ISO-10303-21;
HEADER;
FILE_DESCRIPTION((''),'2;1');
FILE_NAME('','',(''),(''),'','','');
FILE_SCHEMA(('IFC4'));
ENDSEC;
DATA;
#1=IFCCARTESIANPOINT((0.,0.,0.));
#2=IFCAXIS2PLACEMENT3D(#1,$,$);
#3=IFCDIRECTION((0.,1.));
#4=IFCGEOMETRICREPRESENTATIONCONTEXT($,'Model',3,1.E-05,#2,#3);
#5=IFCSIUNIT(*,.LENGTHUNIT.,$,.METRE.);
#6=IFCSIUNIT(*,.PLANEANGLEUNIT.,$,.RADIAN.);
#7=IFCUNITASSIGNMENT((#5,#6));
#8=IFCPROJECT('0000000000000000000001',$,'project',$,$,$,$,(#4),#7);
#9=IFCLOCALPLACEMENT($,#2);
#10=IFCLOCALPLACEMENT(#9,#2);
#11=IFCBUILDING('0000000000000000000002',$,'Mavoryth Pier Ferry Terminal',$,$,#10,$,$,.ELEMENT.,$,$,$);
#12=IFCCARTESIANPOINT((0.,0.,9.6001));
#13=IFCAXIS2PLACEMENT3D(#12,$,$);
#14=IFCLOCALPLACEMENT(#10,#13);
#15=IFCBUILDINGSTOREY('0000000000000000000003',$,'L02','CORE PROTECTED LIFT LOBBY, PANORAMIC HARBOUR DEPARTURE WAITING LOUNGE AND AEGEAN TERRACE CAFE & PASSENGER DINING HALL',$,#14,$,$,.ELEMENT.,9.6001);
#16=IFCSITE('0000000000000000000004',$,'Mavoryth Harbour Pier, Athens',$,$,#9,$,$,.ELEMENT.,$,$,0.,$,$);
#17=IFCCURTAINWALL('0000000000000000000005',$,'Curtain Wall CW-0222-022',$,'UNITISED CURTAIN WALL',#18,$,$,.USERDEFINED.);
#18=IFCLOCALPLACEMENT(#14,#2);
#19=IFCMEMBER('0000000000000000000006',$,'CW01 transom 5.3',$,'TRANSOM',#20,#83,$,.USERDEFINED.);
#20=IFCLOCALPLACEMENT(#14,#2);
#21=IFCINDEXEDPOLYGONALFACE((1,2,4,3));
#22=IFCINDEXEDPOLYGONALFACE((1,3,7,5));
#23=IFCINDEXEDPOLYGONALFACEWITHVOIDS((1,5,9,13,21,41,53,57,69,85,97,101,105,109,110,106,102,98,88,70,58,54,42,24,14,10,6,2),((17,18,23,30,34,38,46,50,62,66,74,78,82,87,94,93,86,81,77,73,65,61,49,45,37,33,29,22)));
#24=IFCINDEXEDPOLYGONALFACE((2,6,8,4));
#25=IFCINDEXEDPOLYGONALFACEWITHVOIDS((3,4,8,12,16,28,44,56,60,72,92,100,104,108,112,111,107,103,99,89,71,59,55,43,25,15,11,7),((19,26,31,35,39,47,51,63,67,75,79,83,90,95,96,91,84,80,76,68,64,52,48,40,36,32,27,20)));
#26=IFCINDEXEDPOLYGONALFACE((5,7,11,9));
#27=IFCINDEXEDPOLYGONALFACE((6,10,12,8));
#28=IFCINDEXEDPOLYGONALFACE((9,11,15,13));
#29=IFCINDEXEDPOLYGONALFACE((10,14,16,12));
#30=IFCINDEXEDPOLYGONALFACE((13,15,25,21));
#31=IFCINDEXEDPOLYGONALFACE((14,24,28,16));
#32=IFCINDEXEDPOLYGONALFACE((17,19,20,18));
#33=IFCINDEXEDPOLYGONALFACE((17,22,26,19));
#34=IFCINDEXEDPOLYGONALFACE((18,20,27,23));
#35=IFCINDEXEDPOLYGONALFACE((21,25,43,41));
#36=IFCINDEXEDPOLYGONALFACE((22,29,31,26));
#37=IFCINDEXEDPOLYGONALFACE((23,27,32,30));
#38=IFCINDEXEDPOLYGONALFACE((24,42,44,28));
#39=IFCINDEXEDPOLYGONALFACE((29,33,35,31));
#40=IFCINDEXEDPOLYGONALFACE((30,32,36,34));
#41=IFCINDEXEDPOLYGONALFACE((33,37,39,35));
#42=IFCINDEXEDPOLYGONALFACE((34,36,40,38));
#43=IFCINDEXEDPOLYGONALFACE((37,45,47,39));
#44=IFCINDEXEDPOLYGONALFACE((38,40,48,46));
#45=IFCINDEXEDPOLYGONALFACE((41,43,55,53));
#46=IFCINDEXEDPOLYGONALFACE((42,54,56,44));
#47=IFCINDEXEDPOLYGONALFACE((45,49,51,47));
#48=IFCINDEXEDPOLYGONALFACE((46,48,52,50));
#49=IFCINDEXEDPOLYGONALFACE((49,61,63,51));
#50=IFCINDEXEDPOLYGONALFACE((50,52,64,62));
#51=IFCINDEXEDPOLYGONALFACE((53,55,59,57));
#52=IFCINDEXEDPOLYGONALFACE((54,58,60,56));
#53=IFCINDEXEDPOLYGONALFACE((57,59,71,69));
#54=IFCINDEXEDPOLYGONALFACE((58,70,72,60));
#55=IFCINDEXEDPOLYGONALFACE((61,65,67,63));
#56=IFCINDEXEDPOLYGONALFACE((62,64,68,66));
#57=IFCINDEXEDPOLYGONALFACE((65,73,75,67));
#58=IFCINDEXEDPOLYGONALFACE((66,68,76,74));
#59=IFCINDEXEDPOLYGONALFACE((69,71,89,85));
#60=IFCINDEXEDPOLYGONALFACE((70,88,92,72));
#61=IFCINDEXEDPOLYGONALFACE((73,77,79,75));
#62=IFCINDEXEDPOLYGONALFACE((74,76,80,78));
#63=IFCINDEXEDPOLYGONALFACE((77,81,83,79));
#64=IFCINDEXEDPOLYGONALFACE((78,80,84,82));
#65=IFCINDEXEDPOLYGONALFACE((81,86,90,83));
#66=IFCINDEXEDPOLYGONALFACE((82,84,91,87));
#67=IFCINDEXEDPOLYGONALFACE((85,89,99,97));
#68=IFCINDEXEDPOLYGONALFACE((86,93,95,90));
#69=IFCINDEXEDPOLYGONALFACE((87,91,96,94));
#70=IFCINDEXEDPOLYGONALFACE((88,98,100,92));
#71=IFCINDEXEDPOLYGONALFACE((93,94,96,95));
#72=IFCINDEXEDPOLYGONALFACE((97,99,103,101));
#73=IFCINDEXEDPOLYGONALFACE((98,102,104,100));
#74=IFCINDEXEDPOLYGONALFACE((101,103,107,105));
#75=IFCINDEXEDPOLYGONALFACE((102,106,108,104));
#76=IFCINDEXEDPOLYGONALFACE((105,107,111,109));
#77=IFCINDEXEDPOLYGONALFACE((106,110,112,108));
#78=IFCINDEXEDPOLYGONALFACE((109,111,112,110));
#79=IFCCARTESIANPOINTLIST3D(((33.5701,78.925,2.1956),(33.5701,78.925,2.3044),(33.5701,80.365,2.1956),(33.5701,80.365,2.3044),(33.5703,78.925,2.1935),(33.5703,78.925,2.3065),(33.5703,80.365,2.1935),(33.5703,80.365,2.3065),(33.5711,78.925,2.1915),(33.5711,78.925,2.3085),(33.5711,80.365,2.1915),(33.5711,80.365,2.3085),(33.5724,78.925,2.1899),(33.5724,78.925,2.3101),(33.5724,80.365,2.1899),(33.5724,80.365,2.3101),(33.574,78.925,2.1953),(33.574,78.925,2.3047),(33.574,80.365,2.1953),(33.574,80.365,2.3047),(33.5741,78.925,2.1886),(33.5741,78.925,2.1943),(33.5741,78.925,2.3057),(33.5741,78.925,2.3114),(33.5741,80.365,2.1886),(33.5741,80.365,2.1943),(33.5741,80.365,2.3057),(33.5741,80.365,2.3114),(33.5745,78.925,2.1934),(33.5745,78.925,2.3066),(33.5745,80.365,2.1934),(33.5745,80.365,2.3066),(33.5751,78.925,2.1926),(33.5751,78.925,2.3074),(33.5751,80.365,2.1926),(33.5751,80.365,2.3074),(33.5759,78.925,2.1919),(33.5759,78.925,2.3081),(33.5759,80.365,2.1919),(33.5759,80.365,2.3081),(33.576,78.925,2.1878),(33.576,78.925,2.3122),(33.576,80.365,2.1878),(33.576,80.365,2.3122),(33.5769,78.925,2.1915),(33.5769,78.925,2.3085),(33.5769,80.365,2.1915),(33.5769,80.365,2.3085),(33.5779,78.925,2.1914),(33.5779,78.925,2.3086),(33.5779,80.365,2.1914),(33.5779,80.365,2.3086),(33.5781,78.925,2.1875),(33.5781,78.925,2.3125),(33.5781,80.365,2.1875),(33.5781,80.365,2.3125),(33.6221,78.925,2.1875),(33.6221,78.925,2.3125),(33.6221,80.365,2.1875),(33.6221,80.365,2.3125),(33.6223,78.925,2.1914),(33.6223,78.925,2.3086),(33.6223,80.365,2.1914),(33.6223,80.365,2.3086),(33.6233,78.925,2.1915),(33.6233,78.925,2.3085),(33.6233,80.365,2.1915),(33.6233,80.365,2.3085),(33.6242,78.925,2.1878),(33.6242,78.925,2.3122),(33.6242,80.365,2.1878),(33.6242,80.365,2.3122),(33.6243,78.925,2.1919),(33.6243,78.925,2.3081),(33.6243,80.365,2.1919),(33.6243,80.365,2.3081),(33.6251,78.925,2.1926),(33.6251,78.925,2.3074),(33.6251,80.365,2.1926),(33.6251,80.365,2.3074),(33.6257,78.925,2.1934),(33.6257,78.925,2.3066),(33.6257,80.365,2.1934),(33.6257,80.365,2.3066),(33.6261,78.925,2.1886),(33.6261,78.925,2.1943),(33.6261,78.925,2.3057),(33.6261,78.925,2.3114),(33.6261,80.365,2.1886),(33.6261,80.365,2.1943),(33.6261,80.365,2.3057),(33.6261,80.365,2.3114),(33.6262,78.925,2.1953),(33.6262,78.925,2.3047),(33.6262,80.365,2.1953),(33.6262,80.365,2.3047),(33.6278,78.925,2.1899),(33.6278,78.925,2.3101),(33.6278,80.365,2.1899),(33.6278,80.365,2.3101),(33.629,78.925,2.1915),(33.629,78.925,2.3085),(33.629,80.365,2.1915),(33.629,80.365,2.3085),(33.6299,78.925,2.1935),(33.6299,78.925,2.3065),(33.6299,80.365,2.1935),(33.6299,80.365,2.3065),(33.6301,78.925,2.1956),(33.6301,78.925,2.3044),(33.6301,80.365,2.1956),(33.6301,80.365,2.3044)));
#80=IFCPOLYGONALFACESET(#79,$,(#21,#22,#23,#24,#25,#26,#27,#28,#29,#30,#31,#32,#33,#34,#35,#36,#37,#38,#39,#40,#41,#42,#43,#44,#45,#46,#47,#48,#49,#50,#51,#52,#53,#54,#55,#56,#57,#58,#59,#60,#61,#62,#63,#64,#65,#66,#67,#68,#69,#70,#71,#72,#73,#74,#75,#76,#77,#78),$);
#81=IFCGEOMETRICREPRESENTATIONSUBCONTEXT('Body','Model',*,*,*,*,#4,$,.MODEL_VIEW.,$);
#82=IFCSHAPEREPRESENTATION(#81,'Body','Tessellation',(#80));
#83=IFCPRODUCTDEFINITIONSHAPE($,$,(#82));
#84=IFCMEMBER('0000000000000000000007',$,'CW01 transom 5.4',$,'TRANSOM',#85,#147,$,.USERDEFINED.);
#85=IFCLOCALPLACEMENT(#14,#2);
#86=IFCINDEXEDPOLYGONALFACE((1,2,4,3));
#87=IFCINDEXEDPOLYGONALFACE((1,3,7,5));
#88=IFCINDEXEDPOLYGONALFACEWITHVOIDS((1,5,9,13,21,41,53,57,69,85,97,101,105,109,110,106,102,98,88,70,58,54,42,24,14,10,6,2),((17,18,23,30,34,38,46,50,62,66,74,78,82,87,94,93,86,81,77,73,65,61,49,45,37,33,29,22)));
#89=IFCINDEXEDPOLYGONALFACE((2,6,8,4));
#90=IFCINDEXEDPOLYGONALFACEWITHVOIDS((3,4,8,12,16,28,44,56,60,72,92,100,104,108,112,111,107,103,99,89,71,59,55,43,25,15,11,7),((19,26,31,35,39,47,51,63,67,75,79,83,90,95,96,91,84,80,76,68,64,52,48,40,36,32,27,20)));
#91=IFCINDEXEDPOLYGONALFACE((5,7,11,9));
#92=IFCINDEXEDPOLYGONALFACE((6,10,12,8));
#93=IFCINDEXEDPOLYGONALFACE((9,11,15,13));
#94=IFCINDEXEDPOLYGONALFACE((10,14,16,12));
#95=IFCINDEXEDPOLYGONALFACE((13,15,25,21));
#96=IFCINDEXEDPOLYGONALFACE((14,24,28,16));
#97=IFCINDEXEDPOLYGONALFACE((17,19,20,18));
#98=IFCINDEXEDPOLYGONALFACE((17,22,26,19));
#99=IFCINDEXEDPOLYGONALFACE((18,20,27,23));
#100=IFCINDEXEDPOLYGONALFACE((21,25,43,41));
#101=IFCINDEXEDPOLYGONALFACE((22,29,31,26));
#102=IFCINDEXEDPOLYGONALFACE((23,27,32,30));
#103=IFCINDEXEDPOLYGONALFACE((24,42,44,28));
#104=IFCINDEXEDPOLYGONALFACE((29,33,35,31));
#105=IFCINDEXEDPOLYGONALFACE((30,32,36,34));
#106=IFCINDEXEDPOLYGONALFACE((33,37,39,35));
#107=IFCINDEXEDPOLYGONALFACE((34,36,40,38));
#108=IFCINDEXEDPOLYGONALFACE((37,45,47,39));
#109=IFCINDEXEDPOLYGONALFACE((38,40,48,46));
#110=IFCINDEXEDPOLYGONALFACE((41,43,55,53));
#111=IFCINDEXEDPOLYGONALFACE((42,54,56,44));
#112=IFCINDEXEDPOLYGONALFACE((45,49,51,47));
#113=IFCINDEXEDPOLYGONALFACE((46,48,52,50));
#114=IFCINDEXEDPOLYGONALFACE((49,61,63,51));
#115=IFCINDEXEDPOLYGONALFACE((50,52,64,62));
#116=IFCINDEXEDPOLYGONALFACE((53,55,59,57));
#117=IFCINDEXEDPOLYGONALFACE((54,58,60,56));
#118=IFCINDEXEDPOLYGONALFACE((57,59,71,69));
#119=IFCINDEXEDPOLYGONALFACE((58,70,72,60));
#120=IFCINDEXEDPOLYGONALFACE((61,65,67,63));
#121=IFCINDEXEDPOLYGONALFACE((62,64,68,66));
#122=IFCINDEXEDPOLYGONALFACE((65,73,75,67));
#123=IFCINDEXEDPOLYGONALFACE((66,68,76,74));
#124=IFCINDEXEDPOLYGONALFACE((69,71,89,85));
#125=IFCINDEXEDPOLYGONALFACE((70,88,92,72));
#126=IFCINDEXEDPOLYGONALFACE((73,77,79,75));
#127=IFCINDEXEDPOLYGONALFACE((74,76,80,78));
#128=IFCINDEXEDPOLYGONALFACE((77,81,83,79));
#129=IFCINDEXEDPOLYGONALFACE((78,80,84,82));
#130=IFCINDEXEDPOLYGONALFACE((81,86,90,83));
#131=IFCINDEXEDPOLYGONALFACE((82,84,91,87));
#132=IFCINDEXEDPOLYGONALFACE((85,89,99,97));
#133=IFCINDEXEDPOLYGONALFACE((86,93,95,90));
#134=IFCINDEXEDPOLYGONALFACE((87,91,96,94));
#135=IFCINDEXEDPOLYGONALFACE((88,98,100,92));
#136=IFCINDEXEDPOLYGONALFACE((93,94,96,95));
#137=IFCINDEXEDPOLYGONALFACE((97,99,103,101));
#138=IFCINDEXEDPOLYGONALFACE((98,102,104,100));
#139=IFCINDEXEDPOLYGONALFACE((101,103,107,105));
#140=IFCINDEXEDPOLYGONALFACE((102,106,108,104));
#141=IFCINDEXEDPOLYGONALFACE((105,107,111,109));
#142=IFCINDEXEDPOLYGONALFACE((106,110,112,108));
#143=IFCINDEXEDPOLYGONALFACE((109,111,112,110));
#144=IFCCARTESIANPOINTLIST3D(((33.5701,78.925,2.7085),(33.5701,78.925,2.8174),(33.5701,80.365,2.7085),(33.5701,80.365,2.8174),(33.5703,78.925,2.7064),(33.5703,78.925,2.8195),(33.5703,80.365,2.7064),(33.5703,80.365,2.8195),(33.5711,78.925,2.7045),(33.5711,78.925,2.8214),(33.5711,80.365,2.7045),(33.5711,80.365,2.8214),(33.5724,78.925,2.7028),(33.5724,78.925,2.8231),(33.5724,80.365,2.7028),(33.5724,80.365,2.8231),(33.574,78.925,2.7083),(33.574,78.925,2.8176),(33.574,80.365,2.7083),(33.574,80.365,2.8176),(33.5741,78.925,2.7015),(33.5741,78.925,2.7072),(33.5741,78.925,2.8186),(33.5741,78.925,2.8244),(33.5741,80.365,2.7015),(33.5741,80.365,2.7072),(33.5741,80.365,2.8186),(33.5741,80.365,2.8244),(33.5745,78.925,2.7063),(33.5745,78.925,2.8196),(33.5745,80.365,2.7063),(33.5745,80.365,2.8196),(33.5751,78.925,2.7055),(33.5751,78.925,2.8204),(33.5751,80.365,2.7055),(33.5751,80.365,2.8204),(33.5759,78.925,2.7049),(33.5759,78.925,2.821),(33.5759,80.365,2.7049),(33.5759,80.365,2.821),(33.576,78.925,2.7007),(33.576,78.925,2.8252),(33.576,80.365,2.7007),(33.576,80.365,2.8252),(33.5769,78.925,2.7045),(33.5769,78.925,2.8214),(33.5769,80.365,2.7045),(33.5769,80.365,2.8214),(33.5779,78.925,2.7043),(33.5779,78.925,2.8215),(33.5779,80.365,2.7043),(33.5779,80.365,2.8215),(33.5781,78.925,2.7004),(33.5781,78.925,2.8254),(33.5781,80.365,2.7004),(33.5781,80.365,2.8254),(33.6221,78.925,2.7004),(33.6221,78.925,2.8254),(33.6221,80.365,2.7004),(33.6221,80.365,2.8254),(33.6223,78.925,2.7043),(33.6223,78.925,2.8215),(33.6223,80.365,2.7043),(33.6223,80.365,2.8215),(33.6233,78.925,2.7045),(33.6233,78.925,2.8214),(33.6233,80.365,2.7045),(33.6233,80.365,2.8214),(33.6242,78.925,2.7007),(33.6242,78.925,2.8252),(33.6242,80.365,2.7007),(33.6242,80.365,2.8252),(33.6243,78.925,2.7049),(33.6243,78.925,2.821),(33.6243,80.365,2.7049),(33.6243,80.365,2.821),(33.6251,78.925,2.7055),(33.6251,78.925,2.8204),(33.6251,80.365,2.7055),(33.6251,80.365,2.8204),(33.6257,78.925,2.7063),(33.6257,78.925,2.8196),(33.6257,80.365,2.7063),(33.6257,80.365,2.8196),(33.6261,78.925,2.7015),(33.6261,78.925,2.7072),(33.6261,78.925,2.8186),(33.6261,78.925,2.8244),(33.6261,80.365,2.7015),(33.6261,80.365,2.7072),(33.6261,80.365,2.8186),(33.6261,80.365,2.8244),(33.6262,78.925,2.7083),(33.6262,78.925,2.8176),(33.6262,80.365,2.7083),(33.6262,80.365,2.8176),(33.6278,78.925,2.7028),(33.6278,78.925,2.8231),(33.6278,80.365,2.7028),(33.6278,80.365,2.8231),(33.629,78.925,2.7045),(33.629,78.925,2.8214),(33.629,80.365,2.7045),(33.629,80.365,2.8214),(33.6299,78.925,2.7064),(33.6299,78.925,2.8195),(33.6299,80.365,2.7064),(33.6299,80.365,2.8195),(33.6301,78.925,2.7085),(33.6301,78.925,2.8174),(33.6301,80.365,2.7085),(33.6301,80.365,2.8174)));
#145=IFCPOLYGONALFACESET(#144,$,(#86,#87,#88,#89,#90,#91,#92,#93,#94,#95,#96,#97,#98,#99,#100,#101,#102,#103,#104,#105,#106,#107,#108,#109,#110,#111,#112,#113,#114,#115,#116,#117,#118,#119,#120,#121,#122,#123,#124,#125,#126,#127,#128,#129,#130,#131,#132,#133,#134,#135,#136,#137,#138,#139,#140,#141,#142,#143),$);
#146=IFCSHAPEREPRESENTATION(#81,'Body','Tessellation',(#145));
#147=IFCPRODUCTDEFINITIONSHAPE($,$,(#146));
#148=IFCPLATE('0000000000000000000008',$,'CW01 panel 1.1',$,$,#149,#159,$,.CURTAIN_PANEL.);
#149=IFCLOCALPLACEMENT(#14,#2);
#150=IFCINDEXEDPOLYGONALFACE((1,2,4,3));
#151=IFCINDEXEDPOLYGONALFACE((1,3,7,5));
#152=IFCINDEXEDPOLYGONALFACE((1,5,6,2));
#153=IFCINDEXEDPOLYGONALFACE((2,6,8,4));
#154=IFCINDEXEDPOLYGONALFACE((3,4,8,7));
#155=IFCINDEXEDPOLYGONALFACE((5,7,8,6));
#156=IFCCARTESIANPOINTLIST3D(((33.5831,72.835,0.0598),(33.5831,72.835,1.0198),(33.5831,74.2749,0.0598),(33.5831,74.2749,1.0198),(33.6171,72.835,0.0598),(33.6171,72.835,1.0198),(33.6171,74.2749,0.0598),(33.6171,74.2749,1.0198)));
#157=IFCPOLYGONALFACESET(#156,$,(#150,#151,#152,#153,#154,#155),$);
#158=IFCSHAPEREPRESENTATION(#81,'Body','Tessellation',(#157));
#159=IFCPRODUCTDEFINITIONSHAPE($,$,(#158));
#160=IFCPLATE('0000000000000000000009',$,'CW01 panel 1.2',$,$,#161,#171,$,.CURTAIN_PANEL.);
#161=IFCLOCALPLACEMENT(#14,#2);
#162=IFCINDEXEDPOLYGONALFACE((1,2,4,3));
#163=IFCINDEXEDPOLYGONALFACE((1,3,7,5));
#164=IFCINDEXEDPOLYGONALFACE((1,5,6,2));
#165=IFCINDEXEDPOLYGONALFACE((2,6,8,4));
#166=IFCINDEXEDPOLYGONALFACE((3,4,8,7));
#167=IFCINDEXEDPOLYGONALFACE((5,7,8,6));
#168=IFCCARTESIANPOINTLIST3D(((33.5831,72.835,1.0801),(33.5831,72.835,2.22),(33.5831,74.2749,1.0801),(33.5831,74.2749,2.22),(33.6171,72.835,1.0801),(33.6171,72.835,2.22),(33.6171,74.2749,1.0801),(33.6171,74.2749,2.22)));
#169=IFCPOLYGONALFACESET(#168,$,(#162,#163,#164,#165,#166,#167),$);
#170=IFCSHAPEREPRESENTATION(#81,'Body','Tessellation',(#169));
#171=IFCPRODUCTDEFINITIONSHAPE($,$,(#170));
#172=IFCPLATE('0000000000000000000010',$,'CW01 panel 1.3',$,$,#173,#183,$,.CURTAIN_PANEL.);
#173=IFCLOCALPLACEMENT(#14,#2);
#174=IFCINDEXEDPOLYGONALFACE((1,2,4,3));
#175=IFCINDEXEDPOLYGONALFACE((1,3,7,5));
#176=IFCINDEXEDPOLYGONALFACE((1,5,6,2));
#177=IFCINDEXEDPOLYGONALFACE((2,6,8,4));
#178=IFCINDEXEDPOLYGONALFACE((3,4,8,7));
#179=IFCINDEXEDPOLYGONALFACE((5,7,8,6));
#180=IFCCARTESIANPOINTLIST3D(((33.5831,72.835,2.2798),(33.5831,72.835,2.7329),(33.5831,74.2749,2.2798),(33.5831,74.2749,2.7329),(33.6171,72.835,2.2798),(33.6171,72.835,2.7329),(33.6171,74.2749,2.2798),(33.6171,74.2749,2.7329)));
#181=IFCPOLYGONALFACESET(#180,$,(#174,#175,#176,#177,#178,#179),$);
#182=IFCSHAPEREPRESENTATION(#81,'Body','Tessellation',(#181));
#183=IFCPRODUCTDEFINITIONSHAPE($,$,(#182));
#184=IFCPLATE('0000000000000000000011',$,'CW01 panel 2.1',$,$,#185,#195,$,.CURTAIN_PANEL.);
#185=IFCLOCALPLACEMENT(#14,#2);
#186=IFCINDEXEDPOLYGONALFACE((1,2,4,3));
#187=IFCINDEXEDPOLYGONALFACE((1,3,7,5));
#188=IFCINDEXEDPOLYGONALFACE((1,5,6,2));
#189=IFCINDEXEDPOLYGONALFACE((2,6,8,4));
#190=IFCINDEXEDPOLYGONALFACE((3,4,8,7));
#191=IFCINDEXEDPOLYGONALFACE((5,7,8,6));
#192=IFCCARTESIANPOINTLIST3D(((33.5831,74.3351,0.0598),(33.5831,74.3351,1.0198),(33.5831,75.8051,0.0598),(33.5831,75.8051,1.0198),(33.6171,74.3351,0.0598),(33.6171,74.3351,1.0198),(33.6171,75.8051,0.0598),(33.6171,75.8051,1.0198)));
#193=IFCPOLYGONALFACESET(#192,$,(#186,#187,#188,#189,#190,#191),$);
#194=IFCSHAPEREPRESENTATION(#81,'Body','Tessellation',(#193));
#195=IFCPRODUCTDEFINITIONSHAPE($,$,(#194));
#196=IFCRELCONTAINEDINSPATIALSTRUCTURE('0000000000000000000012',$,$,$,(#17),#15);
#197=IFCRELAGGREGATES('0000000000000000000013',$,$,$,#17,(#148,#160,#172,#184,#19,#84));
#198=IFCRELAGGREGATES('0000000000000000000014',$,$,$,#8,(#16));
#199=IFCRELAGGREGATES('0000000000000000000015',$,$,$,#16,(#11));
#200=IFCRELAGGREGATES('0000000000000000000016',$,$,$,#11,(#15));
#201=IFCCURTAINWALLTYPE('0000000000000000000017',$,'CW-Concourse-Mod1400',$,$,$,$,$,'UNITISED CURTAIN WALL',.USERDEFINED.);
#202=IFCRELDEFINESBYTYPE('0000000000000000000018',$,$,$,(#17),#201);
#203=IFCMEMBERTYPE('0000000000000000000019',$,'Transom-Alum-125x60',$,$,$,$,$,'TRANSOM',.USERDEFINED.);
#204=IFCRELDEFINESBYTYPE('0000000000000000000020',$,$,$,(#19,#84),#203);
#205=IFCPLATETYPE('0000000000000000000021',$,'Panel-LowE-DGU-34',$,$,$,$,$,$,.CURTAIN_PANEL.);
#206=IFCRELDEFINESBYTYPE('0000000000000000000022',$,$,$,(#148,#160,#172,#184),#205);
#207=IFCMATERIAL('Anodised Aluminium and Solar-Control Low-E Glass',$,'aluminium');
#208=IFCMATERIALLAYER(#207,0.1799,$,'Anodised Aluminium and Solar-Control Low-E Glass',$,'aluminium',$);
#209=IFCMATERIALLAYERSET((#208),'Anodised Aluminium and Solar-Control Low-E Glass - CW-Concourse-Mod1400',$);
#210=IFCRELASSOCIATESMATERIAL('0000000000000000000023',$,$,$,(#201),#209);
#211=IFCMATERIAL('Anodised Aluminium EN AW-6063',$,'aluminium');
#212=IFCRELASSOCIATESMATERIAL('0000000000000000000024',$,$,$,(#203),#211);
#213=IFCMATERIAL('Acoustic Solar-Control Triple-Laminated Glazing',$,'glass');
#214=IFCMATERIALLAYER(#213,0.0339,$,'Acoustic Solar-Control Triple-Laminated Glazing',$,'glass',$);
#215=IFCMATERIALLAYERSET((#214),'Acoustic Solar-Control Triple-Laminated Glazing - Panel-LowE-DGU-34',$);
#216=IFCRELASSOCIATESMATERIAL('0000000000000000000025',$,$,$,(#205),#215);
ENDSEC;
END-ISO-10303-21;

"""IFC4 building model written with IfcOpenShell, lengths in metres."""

from ifc_helpers import new_model, si_unit, direction, frame, origin, origin_2d, place, context, subcontext, project, spatial, rectangle, hollow_rectangle, extrude, material, layer, layer_set, material_profile, profile_set, type_object, element, aggregate, save


model = new_model("IFC4")

# Units and contexts
model_context = context("Model", 3, precision=1e-05, world=origin(), true_north=direction((0.0, 1.0)))
body_context = subcontext(model_context, "Body", "Model", "MODEL_VIEW")
ifc_project = project(units=[si_unit("LENGTHUNIT", "METRE"), si_unit("PLANEANGLEUNIT", "RADIAN")], contexts=[model_context])

# Site, building, storey
site_placement = place(None, origin())
site = spatial("IfcSite", under=ifc_project, at=site_placement, Name="Mavoryth Harbour Pier, Athens", CompositionType="ELEMENT", RefElevation=0.0)
building_placement = place(site_placement, origin())
building = spatial("IfcBuilding", under=site, at=building_placement, Name="Mavoryth Pier Ferry Terminal", CompositionType="ELEMENT")
storey_placement = place(building_placement, frame((0.0, 0.0, 9.6001)))
storey = spatial("IfcBuildingStorey", under=building, at=storey_placement, Name="L02", Description="CORE PROTECTED LIFT LOBBY, PANORAMIC HARBOUR DEPARTURE WAITING LOUNGE AND AEGEAN TERRACE CAFE & PASSENGER DINING HALL", CompositionType="ELEMENT", Elevation=9.6001)

# Curtain wall, members, plates
ifc_material_1 = material(Name="Anodised Aluminium and Solar-Control Low-E Glass", Category="aluminium")
ifc_layer_1 = layer(ifc_material_1, 0.1799, Name="Anodised Aluminium and Solar-Control Low-E Glass", Category="aluminium")
ifc_layer_set_1 = layer_set([ifc_layer_1], Name="Anodised Aluminium and Solar-Control Low-E Glass - CW-Concourse-Mod1400")
curtain_wall_type = type_object("IfcCurtainWallType", Name="CW-Concourse-Mod1400", ElementType="UNITISED CURTAIN WALL", PredefinedType="USERDEFINED", material=ifc_layer_set_1)
curtain_wall_placement = place(storey_placement, origin())
curtain_wall = element("IfcCurtainWall", 1, at=curtain_wall_placement, inside=storey, type_object=curtain_wall_type, Name="Curtain Wall CW-0222-022", ObjectType="UNITISED CURTAIN WALL", PredefinedType="USERDEFINED")
ifc_material_2 = material(Name="Anodised Aluminium EN AW-6063", Category="aluminium")
ifc_material_profile_1 = material_profile(ifc_material_2, hollow_rectangle(XDim=0.0601, YDim=0.125, WallThickness=0.0039, InnerFilletRadius=0.0039, OuterFilletRadius=0.0081, at=origin_2d()), Name="AL-TRAN 125x60x4", Category="aluminium")
ifc_profile_set_1 = profile_set([ifc_material_profile_1], Name="Anodised Aluminium EN AW-6063 - AL-TRAN 125x60x4")
member_type_1 = type_object("IfcMemberType", Name="Transom-Alum-125x60", ElementType="TRANSOM", PredefinedType="USERDEFINED", material=ifc_profile_set_1)
member_1_placement = place(storey_placement, frame((33.6001, 78.925, 2.25), z_axis=(0.0, 1.0, 0.0), x_axis=(-1.0, 0.0, 0.0)))
member_1 = element("IfcMember", 2, at=member_1_placement, type_object=member_type_1, Name="CW01 transom 5.3", ObjectType="TRANSOM", PredefinedType="USERDEFINED", context=body_context, shape_type="SweptSolid", body=[
    extrude(hollow_rectangle(XDim=0.0601, YDim=0.125, WallThickness=0.0039, InnerFilletRadius=0.0039, OuterFilletRadius=0.0081, at=origin_2d()), origin(), (0.0, 0.0, 1.0), 1.4399),
])
member_2_placement = place(storey_placement, frame((33.6001, 78.925, 2.7629), z_axis=(0.0, 1.0, 0.0), x_axis=(-1.0, 0.0, 0.0)))
member_2 = element("IfcMember", 3, at=member_2_placement, type_object=member_type_1, Name="CW01 transom 5.4", ObjectType="TRANSOM", PredefinedType="USERDEFINED", context=body_context, shape_type="SweptSolid", body=[
    extrude(hollow_rectangle(XDim=0.0601, YDim=0.125, WallThickness=0.0039, InnerFilletRadius=0.0039, OuterFilletRadius=0.0081, at=origin_2d()), origin(), (0.0, 0.0, 1.0), 1.4399),
])
ifc_material_3 = material(Name="Acoustic Solar-Control Triple-Laminated Glazing", Category="glass")
ifc_layer_2 = layer(ifc_material_3, 0.0339, Name="Acoustic Solar-Control Triple-Laminated Glazing", Category="glass")
ifc_layer_set_2 = layer_set([ifc_layer_2], Name="Acoustic Solar-Control Triple-Laminated Glazing - Panel-LowE-DGU-34")
plate_type = type_object("IfcPlateType", Name="Panel-LowE-DGU-34", PredefinedType="CURTAIN_PANEL", material=ifc_layer_set_2)
plate_1_placement = place(storey_placement, frame((33.6001, 73.5549, 0.0598), z_axis=(0.0, 0.0, 1.0), x_axis=(0.0, 1.0, 0.0)))
plate_1 = element("IfcPlate", 4, at=plate_1_placement, type_object=plate_type, Name="CW01 panel 1.1", PredefinedType="CURTAIN_PANEL", context=body_context, shape_type="SweptSolid", body=[
    extrude(rectangle(XDim=1.4399, YDim=0.0339, at=origin_2d()), origin(), (0.0, 0.0, 1.0), 0.96),
])
plate_2_placement = place(storey_placement, frame((33.6001, 73.5549, 1.0801), z_axis=(0.0, 0.0, 1.0), x_axis=(0.0, 1.0, 0.0)))
plate_2 = element("IfcPlate", 5, at=plate_2_placement, type_object=plate_type, Name="CW01 panel 1.2", PredefinedType="CURTAIN_PANEL", context=body_context, shape_type="SweptSolid", body=[
    extrude(rectangle(XDim=1.4399, YDim=0.0339, at=origin_2d()), origin(), (0.0, 0.0, 1.0), 1.1399),
])
plate_3_placement = place(storey_placement, frame((33.6001, 73.5549, 2.2798), z_axis=(0.0, 0.0, 1.0), x_axis=(0.0, 1.0, 0.0)))
plate_3 = element("IfcPlate", 6, at=plate_3_placement, type_object=plate_type, Name="CW01 panel 1.3", PredefinedType="CURTAIN_PANEL", context=body_context, shape_type="SweptSolid", body=[
    extrude(rectangle(XDim=1.4399, YDim=0.0339, at=origin_2d()), origin(), (0.0, 0.0, 1.0), 0.4531),
])
plate_4_placement = place(storey_placement, frame((33.6001, 75.0701, 0.0598), z_axis=(0.0, 0.0, 1.0), x_axis=(0.0, 1.0, 0.0)))
plate_4 = element("IfcPlate", 7, at=plate_4_placement, type_object=plate_type, Name="CW01 panel 2.1", PredefinedType="CURTAIN_PANEL", context=body_context, shape_type="SweptSolid", body=[
    extrude(rectangle(XDim=1.47, YDim=0.0339, at=origin_2d()), origin(), (0.0, 0.0, 1.0), 0.96),
])
aggregate(curtain_wall, [plate_1, plate_2, plate_3, plate_4, member_1, member_2])

save(model, "model.ifc")
